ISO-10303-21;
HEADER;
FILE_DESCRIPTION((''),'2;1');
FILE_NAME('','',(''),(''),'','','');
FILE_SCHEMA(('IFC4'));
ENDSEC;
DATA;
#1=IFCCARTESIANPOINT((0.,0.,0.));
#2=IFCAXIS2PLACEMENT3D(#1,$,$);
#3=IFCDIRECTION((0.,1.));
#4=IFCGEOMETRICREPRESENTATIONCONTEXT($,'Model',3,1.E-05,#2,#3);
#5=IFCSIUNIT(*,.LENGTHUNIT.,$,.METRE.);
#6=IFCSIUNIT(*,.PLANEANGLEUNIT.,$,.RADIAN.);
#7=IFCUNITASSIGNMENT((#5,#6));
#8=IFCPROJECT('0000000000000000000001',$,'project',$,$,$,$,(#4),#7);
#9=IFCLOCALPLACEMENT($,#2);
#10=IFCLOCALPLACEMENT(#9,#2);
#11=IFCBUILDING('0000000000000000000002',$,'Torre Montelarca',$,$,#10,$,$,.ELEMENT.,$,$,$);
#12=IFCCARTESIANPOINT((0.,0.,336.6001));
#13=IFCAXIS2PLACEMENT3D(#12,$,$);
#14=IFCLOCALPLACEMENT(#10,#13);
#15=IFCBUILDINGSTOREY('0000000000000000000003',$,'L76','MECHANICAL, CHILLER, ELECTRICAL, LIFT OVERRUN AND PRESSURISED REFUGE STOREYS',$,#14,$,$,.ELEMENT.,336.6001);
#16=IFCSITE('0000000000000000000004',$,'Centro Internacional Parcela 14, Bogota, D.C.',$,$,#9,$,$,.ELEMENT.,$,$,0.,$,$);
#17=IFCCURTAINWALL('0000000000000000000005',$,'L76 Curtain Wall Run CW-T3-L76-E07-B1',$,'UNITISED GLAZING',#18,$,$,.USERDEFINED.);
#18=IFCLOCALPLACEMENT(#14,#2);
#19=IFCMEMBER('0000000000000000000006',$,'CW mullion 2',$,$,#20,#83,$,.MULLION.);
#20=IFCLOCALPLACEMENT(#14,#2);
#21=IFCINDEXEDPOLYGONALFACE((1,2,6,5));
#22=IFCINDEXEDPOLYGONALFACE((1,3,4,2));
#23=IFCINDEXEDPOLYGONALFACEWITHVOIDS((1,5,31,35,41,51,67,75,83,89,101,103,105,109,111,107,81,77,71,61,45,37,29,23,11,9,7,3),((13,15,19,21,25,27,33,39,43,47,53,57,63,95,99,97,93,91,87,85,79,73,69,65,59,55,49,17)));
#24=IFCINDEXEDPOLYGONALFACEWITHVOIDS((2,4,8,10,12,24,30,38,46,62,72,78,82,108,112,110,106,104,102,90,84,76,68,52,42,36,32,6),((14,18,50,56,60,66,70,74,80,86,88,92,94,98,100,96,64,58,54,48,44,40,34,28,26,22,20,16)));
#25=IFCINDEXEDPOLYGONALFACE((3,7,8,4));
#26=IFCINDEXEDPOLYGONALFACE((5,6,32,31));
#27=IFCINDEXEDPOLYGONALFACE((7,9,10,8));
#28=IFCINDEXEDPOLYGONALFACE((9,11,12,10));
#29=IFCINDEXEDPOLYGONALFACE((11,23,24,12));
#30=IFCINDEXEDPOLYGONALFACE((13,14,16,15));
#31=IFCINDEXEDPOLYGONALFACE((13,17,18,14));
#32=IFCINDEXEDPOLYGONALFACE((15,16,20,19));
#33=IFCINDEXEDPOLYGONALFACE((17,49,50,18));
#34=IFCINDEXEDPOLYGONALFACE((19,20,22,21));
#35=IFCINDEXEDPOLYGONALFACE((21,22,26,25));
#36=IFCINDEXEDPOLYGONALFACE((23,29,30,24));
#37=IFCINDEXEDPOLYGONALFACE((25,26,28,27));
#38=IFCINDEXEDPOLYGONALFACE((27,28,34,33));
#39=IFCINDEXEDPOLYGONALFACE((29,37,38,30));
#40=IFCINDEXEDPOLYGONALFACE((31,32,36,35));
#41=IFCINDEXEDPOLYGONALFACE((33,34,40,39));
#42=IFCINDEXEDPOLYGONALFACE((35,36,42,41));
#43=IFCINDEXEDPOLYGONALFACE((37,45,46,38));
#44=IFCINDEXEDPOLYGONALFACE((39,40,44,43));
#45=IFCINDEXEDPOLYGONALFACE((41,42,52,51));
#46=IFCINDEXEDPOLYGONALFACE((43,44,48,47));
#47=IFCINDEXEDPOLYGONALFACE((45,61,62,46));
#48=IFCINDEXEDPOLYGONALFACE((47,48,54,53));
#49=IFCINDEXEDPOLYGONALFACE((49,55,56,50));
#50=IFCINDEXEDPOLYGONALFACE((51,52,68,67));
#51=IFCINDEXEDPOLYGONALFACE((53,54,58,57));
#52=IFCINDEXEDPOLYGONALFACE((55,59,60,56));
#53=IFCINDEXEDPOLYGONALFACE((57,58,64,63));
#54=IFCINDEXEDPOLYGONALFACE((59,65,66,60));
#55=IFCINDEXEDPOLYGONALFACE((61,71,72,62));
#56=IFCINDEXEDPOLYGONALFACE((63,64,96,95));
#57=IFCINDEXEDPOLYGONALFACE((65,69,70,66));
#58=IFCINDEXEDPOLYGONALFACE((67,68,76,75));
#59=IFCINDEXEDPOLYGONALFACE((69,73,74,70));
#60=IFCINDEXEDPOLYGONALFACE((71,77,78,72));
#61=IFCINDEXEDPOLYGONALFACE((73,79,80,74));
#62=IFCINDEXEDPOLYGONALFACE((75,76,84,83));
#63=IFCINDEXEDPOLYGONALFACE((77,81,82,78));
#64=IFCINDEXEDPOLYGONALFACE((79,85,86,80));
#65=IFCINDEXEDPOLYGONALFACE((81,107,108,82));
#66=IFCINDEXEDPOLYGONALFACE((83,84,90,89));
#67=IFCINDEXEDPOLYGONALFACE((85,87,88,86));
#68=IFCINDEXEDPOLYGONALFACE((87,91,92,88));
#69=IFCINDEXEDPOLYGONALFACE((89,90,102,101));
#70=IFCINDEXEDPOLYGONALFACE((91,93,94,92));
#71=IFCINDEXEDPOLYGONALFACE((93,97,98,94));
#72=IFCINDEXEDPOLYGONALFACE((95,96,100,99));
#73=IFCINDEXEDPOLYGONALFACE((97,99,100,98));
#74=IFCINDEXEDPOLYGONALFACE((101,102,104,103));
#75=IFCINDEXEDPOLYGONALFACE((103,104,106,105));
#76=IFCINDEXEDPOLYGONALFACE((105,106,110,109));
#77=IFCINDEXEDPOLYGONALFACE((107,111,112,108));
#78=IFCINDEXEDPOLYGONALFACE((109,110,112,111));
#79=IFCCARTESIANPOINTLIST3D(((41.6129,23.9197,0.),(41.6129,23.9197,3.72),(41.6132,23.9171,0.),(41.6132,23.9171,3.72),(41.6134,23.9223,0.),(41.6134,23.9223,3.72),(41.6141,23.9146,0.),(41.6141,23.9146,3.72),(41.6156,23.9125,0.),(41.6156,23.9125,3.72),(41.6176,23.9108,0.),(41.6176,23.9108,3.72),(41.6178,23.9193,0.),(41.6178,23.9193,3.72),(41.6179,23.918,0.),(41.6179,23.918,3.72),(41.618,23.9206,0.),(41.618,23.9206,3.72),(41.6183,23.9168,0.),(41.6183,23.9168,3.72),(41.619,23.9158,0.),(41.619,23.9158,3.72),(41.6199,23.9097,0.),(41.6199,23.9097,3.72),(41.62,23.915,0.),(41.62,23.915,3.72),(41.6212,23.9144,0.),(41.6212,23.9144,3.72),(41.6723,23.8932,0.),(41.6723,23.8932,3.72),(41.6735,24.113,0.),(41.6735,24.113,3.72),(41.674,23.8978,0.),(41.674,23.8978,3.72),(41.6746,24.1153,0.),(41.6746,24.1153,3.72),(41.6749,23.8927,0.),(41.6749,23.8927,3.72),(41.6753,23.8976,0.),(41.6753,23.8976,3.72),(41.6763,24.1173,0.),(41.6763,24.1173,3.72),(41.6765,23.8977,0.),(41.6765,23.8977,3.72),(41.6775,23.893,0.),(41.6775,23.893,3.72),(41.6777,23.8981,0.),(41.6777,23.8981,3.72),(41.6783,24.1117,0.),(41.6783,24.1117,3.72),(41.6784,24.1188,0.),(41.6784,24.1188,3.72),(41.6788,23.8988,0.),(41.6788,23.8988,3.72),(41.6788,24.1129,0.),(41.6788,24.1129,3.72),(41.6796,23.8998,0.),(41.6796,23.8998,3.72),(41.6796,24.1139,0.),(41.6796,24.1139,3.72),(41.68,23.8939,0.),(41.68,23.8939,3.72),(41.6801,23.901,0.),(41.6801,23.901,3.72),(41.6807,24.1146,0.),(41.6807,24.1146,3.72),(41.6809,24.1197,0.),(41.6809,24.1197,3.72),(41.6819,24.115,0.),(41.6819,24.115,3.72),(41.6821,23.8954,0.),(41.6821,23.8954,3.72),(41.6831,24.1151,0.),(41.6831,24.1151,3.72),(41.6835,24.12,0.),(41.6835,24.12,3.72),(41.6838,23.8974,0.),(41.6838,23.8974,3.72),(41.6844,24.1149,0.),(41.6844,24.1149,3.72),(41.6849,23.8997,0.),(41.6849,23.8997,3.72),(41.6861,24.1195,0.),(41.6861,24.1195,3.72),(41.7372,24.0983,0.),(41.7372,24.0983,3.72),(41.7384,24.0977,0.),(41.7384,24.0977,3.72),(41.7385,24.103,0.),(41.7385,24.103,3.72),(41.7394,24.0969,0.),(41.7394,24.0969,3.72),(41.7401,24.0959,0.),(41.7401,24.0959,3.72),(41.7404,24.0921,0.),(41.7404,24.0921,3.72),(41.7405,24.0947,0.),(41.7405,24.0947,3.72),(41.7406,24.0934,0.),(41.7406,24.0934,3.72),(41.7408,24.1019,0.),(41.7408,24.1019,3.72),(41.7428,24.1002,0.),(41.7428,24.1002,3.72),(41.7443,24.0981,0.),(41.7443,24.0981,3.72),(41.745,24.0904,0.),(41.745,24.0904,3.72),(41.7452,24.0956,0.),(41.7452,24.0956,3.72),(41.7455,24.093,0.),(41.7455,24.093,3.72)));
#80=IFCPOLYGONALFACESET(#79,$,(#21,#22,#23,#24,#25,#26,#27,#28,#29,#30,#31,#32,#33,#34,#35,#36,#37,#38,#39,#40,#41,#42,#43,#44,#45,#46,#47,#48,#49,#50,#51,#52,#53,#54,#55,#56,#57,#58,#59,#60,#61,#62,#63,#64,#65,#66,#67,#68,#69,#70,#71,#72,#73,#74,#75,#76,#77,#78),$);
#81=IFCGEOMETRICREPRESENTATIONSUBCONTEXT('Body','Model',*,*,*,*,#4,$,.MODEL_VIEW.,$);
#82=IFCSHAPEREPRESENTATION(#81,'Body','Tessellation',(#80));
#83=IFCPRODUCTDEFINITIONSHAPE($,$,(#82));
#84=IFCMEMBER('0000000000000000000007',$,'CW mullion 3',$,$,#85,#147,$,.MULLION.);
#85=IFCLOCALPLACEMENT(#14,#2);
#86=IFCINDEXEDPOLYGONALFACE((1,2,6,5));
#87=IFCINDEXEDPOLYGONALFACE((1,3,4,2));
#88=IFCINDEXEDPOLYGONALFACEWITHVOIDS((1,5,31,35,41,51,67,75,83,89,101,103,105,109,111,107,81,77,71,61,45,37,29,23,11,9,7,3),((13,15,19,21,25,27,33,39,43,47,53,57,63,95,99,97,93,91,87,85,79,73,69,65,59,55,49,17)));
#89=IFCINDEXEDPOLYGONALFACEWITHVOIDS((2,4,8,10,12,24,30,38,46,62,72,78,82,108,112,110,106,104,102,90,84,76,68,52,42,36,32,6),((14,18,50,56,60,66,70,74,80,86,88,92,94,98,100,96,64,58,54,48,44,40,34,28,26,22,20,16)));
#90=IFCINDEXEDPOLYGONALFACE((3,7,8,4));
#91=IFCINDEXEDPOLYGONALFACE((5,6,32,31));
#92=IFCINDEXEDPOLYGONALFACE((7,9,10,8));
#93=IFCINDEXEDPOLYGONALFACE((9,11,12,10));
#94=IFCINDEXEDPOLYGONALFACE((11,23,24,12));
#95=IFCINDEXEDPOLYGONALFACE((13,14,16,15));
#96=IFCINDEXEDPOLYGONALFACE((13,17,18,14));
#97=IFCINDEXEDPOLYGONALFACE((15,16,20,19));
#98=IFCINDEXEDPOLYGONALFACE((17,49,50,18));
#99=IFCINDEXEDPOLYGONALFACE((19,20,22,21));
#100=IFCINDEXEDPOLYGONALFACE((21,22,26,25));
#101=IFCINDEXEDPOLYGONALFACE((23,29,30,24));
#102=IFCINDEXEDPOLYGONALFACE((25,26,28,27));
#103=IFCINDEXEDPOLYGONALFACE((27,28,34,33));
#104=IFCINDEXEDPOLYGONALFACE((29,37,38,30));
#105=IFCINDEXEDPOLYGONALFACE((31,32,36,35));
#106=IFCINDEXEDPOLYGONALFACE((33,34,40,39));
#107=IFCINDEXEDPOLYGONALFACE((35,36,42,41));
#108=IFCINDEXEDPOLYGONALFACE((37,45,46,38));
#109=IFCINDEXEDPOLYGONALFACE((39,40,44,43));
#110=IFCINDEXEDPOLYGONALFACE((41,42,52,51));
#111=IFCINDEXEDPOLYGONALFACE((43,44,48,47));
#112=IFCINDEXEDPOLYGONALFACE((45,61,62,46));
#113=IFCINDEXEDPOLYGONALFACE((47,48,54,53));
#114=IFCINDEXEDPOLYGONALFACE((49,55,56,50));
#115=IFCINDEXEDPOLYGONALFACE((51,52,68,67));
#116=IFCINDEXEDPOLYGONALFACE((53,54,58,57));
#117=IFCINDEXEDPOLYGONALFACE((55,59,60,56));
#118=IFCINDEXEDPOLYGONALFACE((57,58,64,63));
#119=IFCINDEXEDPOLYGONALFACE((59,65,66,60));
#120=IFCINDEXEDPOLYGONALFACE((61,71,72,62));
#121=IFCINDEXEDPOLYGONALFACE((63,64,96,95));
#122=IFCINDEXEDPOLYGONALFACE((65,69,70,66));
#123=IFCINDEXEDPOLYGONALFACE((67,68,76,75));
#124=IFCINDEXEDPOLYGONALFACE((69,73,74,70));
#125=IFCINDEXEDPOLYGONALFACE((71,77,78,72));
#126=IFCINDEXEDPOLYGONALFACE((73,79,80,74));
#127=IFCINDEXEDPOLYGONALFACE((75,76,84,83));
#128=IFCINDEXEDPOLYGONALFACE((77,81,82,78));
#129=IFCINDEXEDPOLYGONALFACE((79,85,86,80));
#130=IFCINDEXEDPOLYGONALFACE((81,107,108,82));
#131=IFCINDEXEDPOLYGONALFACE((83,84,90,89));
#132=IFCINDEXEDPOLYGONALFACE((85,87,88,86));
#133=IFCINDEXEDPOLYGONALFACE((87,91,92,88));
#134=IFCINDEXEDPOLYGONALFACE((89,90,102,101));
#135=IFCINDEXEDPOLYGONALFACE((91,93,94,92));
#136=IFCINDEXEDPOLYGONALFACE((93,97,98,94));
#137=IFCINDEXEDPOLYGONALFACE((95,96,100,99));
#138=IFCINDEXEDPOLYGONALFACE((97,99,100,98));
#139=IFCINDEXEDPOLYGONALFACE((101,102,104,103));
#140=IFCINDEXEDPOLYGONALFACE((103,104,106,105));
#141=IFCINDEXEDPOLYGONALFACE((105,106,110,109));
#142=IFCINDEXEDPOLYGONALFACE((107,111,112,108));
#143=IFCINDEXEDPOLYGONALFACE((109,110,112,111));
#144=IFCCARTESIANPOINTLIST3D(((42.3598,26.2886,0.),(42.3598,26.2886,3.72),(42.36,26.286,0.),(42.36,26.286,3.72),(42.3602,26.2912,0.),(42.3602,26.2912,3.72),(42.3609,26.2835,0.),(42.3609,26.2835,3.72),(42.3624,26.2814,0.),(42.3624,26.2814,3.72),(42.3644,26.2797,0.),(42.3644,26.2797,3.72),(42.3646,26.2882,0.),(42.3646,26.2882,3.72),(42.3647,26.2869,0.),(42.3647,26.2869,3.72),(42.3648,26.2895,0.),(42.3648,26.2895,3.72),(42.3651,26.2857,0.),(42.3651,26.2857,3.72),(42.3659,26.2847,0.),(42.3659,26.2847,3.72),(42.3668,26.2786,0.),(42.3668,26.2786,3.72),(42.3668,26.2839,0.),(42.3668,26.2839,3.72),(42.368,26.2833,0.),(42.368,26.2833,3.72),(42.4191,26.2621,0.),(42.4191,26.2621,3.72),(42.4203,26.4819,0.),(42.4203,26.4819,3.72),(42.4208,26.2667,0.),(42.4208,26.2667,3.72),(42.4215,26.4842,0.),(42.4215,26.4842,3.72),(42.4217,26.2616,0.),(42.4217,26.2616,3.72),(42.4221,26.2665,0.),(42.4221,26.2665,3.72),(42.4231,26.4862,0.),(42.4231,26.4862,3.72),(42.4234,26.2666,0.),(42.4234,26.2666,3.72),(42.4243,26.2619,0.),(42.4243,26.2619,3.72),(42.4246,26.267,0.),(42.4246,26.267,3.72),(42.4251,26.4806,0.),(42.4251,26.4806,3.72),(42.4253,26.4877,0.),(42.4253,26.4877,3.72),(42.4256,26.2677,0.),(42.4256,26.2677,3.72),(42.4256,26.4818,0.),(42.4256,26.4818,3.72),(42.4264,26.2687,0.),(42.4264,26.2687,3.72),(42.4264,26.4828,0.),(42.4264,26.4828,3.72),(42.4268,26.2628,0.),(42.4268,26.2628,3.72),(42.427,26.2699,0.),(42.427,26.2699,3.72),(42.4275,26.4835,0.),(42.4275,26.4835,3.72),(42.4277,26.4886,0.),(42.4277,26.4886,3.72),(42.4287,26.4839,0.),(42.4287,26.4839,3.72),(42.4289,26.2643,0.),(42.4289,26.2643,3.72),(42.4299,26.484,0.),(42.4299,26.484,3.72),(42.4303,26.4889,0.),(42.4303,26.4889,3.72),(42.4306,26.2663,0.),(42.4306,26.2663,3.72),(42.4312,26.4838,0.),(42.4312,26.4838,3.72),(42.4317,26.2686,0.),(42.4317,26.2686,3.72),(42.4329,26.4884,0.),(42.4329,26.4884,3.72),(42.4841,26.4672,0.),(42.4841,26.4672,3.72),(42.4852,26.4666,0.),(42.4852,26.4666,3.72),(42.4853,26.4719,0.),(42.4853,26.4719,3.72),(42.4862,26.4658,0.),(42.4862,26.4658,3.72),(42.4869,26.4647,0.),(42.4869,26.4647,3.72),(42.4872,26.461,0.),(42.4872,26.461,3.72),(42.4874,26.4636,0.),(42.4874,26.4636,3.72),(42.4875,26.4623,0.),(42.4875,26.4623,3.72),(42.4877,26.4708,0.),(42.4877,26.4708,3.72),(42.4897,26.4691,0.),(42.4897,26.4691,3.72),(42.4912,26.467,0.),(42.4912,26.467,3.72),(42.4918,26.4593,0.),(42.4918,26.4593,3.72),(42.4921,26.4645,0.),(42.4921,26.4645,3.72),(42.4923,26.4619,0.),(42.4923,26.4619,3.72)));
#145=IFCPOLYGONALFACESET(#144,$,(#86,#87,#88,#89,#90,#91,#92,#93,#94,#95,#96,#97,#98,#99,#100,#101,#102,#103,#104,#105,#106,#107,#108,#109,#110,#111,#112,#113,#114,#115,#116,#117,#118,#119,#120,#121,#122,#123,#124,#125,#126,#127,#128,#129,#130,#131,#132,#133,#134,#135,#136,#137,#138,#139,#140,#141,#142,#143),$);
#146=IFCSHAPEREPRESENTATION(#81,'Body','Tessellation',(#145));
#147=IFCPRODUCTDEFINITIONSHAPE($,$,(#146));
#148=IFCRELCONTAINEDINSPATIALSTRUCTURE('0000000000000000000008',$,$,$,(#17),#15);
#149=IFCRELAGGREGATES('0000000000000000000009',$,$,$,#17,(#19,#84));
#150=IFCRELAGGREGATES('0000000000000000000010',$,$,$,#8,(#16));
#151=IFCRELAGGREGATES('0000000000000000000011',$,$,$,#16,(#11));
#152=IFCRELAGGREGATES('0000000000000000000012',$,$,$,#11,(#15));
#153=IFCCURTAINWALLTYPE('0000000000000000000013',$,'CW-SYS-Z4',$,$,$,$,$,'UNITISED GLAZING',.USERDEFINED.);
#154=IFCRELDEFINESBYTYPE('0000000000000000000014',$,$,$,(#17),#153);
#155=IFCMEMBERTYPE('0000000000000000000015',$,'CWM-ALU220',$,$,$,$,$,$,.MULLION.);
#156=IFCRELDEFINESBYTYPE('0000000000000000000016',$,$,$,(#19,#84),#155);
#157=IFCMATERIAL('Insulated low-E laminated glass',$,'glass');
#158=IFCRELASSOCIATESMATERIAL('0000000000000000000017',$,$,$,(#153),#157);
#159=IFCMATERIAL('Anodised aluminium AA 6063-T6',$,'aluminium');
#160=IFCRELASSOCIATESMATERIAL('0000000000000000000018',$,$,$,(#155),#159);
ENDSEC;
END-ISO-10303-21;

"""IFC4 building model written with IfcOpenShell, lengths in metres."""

from ifc_helpers import new_model, si_unit, direction, frame, origin, origin_2d, place, context, subcontext, project, spatial, hollow_rectangle, extrude, source, transform, mapped, material, material_profile, profile_set, type_object, element, aggregate, save


model = new_model("IFC4")

# Units and contexts
model_context = context("Model", 3, precision=1e-05, world=origin(), true_north=direction((0.0, 1.0)))
body_context = subcontext(model_context, "Body", "Model", "MODEL_VIEW")
ifc_project = project(units=[si_unit("LENGTHUNIT", "METRE"), si_unit("PLANEANGLEUNIT", "RADIAN")], contexts=[model_context])

# Site, building, storey
site_placement = place(None, origin())
site = spatial("IfcSite", under=ifc_project, at=site_placement, Name="Centro Internacional Parcela 14, Bogota, D.C.", CompositionType="ELEMENT", RefElevation=0.0)
building_placement = place(site_placement, origin())
building = spatial("IfcBuilding", under=site, at=building_placement, Name="Torre Montelarca", CompositionType="ELEMENT")
storey_placement = place(building_placement, frame((0.0, 0.0, 336.6001)))
storey = spatial("IfcBuildingStorey", under=building, at=storey_placement, Name="L76", Description="MECHANICAL, CHILLER, ELECTRICAL, LIFT OVERRUN AND PRESSURISED REFUGE STOREYS", CompositionType="ELEMENT", Elevation=336.6001)

# Curtain wall, members
ifc_material_1 = material(Name="Insulated low-E laminated glass", Category="glass")
curtain_wall_type = type_object("IfcCurtainWallType", Name="CW-SYS-Z4", ElementType="UNITISED GLAZING", PredefinedType="USERDEFINED", material=ifc_material_1)
curtain_wall_1_placement = place(storey_placement, origin())
curtain_wall_1 = element("IfcCurtainWall", 1, at=curtain_wall_1_placement, inside=storey, type_object=curtain_wall_type, Name="L76 Curtain Wall Run CW-T3-L76-E07-B1", ObjectType="UNITISED GLAZING", PredefinedType="USERDEFINED")
ifc_material_2 = material(Name="Anodised aluminium AA 6063-T6", Category="aluminium")
ifc_material_profile_1 = material_profile(ifc_material_2, hollow_rectangle(XDim=0.075, YDim=0.22, WallThickness=0.0049, InnerFilletRadius=0.0049, OuterFilletRadius=0.01, at=origin_2d()), Name="ALU75X220X5", Category="aluminium")
ifc_profile_set_1 = profile_set([ifc_material_profile_1], Name="Anodised aluminium AA 6063-T6")
member_type_1 = type_object("IfcMemberType", Name="CWM-ALU220", PredefinedType="MULLION", material=ifc_profile_set_1)
shared_shape_1 = source(origin(), body_context, "Body", "SweptSolid", [
    extrude(hollow_rectangle(XDim=0.075, YDim=0.22, WallThickness=0.0049, InnerFilletRadius=0.0049, OuterFilletRadius=0.01, at=origin_2d()), origin(), (0.0, 0.0, 1.0), 3.72),
])
member_1_placement = place(storey_placement, frame((41.6792, 24.0063, 0.0), z_axis=(0.0, 0.0, 1.0), x_axis=(-0.953721, 0.300693, 0.0)))
member_1 = element("IfcMember", 2, at=member_1_placement, type_object=member_type_1, Name="CW mullion 2", PredefinedType="MULLION", context=body_context, shape_type="MappedRepresentation", body=[
    mapped(shared_shape_1, transform((0.0, 0.0, 0.0), scale=1.0)),
])
member_2_placement = place(storey_placement, frame((42.426, 26.3752, 0.0), z_axis=(0.0, 0.0, 1.0), x_axis=(-0.953721, 0.300693, 0.0)))
member_2 = element("IfcMember", 3, at=member_2_placement, type_object=member_type_1, Name="CW mullion 3", PredefinedType="MULLION", context=body_context, shape_type="MappedRepresentation", body=[
    mapped(shared_shape_1, transform((0.0, 0.0, 0.0), scale=1.0)),
])

aggregate(curtain_wall_1, [member_1, member_2])

save(model, "model.ifc")
